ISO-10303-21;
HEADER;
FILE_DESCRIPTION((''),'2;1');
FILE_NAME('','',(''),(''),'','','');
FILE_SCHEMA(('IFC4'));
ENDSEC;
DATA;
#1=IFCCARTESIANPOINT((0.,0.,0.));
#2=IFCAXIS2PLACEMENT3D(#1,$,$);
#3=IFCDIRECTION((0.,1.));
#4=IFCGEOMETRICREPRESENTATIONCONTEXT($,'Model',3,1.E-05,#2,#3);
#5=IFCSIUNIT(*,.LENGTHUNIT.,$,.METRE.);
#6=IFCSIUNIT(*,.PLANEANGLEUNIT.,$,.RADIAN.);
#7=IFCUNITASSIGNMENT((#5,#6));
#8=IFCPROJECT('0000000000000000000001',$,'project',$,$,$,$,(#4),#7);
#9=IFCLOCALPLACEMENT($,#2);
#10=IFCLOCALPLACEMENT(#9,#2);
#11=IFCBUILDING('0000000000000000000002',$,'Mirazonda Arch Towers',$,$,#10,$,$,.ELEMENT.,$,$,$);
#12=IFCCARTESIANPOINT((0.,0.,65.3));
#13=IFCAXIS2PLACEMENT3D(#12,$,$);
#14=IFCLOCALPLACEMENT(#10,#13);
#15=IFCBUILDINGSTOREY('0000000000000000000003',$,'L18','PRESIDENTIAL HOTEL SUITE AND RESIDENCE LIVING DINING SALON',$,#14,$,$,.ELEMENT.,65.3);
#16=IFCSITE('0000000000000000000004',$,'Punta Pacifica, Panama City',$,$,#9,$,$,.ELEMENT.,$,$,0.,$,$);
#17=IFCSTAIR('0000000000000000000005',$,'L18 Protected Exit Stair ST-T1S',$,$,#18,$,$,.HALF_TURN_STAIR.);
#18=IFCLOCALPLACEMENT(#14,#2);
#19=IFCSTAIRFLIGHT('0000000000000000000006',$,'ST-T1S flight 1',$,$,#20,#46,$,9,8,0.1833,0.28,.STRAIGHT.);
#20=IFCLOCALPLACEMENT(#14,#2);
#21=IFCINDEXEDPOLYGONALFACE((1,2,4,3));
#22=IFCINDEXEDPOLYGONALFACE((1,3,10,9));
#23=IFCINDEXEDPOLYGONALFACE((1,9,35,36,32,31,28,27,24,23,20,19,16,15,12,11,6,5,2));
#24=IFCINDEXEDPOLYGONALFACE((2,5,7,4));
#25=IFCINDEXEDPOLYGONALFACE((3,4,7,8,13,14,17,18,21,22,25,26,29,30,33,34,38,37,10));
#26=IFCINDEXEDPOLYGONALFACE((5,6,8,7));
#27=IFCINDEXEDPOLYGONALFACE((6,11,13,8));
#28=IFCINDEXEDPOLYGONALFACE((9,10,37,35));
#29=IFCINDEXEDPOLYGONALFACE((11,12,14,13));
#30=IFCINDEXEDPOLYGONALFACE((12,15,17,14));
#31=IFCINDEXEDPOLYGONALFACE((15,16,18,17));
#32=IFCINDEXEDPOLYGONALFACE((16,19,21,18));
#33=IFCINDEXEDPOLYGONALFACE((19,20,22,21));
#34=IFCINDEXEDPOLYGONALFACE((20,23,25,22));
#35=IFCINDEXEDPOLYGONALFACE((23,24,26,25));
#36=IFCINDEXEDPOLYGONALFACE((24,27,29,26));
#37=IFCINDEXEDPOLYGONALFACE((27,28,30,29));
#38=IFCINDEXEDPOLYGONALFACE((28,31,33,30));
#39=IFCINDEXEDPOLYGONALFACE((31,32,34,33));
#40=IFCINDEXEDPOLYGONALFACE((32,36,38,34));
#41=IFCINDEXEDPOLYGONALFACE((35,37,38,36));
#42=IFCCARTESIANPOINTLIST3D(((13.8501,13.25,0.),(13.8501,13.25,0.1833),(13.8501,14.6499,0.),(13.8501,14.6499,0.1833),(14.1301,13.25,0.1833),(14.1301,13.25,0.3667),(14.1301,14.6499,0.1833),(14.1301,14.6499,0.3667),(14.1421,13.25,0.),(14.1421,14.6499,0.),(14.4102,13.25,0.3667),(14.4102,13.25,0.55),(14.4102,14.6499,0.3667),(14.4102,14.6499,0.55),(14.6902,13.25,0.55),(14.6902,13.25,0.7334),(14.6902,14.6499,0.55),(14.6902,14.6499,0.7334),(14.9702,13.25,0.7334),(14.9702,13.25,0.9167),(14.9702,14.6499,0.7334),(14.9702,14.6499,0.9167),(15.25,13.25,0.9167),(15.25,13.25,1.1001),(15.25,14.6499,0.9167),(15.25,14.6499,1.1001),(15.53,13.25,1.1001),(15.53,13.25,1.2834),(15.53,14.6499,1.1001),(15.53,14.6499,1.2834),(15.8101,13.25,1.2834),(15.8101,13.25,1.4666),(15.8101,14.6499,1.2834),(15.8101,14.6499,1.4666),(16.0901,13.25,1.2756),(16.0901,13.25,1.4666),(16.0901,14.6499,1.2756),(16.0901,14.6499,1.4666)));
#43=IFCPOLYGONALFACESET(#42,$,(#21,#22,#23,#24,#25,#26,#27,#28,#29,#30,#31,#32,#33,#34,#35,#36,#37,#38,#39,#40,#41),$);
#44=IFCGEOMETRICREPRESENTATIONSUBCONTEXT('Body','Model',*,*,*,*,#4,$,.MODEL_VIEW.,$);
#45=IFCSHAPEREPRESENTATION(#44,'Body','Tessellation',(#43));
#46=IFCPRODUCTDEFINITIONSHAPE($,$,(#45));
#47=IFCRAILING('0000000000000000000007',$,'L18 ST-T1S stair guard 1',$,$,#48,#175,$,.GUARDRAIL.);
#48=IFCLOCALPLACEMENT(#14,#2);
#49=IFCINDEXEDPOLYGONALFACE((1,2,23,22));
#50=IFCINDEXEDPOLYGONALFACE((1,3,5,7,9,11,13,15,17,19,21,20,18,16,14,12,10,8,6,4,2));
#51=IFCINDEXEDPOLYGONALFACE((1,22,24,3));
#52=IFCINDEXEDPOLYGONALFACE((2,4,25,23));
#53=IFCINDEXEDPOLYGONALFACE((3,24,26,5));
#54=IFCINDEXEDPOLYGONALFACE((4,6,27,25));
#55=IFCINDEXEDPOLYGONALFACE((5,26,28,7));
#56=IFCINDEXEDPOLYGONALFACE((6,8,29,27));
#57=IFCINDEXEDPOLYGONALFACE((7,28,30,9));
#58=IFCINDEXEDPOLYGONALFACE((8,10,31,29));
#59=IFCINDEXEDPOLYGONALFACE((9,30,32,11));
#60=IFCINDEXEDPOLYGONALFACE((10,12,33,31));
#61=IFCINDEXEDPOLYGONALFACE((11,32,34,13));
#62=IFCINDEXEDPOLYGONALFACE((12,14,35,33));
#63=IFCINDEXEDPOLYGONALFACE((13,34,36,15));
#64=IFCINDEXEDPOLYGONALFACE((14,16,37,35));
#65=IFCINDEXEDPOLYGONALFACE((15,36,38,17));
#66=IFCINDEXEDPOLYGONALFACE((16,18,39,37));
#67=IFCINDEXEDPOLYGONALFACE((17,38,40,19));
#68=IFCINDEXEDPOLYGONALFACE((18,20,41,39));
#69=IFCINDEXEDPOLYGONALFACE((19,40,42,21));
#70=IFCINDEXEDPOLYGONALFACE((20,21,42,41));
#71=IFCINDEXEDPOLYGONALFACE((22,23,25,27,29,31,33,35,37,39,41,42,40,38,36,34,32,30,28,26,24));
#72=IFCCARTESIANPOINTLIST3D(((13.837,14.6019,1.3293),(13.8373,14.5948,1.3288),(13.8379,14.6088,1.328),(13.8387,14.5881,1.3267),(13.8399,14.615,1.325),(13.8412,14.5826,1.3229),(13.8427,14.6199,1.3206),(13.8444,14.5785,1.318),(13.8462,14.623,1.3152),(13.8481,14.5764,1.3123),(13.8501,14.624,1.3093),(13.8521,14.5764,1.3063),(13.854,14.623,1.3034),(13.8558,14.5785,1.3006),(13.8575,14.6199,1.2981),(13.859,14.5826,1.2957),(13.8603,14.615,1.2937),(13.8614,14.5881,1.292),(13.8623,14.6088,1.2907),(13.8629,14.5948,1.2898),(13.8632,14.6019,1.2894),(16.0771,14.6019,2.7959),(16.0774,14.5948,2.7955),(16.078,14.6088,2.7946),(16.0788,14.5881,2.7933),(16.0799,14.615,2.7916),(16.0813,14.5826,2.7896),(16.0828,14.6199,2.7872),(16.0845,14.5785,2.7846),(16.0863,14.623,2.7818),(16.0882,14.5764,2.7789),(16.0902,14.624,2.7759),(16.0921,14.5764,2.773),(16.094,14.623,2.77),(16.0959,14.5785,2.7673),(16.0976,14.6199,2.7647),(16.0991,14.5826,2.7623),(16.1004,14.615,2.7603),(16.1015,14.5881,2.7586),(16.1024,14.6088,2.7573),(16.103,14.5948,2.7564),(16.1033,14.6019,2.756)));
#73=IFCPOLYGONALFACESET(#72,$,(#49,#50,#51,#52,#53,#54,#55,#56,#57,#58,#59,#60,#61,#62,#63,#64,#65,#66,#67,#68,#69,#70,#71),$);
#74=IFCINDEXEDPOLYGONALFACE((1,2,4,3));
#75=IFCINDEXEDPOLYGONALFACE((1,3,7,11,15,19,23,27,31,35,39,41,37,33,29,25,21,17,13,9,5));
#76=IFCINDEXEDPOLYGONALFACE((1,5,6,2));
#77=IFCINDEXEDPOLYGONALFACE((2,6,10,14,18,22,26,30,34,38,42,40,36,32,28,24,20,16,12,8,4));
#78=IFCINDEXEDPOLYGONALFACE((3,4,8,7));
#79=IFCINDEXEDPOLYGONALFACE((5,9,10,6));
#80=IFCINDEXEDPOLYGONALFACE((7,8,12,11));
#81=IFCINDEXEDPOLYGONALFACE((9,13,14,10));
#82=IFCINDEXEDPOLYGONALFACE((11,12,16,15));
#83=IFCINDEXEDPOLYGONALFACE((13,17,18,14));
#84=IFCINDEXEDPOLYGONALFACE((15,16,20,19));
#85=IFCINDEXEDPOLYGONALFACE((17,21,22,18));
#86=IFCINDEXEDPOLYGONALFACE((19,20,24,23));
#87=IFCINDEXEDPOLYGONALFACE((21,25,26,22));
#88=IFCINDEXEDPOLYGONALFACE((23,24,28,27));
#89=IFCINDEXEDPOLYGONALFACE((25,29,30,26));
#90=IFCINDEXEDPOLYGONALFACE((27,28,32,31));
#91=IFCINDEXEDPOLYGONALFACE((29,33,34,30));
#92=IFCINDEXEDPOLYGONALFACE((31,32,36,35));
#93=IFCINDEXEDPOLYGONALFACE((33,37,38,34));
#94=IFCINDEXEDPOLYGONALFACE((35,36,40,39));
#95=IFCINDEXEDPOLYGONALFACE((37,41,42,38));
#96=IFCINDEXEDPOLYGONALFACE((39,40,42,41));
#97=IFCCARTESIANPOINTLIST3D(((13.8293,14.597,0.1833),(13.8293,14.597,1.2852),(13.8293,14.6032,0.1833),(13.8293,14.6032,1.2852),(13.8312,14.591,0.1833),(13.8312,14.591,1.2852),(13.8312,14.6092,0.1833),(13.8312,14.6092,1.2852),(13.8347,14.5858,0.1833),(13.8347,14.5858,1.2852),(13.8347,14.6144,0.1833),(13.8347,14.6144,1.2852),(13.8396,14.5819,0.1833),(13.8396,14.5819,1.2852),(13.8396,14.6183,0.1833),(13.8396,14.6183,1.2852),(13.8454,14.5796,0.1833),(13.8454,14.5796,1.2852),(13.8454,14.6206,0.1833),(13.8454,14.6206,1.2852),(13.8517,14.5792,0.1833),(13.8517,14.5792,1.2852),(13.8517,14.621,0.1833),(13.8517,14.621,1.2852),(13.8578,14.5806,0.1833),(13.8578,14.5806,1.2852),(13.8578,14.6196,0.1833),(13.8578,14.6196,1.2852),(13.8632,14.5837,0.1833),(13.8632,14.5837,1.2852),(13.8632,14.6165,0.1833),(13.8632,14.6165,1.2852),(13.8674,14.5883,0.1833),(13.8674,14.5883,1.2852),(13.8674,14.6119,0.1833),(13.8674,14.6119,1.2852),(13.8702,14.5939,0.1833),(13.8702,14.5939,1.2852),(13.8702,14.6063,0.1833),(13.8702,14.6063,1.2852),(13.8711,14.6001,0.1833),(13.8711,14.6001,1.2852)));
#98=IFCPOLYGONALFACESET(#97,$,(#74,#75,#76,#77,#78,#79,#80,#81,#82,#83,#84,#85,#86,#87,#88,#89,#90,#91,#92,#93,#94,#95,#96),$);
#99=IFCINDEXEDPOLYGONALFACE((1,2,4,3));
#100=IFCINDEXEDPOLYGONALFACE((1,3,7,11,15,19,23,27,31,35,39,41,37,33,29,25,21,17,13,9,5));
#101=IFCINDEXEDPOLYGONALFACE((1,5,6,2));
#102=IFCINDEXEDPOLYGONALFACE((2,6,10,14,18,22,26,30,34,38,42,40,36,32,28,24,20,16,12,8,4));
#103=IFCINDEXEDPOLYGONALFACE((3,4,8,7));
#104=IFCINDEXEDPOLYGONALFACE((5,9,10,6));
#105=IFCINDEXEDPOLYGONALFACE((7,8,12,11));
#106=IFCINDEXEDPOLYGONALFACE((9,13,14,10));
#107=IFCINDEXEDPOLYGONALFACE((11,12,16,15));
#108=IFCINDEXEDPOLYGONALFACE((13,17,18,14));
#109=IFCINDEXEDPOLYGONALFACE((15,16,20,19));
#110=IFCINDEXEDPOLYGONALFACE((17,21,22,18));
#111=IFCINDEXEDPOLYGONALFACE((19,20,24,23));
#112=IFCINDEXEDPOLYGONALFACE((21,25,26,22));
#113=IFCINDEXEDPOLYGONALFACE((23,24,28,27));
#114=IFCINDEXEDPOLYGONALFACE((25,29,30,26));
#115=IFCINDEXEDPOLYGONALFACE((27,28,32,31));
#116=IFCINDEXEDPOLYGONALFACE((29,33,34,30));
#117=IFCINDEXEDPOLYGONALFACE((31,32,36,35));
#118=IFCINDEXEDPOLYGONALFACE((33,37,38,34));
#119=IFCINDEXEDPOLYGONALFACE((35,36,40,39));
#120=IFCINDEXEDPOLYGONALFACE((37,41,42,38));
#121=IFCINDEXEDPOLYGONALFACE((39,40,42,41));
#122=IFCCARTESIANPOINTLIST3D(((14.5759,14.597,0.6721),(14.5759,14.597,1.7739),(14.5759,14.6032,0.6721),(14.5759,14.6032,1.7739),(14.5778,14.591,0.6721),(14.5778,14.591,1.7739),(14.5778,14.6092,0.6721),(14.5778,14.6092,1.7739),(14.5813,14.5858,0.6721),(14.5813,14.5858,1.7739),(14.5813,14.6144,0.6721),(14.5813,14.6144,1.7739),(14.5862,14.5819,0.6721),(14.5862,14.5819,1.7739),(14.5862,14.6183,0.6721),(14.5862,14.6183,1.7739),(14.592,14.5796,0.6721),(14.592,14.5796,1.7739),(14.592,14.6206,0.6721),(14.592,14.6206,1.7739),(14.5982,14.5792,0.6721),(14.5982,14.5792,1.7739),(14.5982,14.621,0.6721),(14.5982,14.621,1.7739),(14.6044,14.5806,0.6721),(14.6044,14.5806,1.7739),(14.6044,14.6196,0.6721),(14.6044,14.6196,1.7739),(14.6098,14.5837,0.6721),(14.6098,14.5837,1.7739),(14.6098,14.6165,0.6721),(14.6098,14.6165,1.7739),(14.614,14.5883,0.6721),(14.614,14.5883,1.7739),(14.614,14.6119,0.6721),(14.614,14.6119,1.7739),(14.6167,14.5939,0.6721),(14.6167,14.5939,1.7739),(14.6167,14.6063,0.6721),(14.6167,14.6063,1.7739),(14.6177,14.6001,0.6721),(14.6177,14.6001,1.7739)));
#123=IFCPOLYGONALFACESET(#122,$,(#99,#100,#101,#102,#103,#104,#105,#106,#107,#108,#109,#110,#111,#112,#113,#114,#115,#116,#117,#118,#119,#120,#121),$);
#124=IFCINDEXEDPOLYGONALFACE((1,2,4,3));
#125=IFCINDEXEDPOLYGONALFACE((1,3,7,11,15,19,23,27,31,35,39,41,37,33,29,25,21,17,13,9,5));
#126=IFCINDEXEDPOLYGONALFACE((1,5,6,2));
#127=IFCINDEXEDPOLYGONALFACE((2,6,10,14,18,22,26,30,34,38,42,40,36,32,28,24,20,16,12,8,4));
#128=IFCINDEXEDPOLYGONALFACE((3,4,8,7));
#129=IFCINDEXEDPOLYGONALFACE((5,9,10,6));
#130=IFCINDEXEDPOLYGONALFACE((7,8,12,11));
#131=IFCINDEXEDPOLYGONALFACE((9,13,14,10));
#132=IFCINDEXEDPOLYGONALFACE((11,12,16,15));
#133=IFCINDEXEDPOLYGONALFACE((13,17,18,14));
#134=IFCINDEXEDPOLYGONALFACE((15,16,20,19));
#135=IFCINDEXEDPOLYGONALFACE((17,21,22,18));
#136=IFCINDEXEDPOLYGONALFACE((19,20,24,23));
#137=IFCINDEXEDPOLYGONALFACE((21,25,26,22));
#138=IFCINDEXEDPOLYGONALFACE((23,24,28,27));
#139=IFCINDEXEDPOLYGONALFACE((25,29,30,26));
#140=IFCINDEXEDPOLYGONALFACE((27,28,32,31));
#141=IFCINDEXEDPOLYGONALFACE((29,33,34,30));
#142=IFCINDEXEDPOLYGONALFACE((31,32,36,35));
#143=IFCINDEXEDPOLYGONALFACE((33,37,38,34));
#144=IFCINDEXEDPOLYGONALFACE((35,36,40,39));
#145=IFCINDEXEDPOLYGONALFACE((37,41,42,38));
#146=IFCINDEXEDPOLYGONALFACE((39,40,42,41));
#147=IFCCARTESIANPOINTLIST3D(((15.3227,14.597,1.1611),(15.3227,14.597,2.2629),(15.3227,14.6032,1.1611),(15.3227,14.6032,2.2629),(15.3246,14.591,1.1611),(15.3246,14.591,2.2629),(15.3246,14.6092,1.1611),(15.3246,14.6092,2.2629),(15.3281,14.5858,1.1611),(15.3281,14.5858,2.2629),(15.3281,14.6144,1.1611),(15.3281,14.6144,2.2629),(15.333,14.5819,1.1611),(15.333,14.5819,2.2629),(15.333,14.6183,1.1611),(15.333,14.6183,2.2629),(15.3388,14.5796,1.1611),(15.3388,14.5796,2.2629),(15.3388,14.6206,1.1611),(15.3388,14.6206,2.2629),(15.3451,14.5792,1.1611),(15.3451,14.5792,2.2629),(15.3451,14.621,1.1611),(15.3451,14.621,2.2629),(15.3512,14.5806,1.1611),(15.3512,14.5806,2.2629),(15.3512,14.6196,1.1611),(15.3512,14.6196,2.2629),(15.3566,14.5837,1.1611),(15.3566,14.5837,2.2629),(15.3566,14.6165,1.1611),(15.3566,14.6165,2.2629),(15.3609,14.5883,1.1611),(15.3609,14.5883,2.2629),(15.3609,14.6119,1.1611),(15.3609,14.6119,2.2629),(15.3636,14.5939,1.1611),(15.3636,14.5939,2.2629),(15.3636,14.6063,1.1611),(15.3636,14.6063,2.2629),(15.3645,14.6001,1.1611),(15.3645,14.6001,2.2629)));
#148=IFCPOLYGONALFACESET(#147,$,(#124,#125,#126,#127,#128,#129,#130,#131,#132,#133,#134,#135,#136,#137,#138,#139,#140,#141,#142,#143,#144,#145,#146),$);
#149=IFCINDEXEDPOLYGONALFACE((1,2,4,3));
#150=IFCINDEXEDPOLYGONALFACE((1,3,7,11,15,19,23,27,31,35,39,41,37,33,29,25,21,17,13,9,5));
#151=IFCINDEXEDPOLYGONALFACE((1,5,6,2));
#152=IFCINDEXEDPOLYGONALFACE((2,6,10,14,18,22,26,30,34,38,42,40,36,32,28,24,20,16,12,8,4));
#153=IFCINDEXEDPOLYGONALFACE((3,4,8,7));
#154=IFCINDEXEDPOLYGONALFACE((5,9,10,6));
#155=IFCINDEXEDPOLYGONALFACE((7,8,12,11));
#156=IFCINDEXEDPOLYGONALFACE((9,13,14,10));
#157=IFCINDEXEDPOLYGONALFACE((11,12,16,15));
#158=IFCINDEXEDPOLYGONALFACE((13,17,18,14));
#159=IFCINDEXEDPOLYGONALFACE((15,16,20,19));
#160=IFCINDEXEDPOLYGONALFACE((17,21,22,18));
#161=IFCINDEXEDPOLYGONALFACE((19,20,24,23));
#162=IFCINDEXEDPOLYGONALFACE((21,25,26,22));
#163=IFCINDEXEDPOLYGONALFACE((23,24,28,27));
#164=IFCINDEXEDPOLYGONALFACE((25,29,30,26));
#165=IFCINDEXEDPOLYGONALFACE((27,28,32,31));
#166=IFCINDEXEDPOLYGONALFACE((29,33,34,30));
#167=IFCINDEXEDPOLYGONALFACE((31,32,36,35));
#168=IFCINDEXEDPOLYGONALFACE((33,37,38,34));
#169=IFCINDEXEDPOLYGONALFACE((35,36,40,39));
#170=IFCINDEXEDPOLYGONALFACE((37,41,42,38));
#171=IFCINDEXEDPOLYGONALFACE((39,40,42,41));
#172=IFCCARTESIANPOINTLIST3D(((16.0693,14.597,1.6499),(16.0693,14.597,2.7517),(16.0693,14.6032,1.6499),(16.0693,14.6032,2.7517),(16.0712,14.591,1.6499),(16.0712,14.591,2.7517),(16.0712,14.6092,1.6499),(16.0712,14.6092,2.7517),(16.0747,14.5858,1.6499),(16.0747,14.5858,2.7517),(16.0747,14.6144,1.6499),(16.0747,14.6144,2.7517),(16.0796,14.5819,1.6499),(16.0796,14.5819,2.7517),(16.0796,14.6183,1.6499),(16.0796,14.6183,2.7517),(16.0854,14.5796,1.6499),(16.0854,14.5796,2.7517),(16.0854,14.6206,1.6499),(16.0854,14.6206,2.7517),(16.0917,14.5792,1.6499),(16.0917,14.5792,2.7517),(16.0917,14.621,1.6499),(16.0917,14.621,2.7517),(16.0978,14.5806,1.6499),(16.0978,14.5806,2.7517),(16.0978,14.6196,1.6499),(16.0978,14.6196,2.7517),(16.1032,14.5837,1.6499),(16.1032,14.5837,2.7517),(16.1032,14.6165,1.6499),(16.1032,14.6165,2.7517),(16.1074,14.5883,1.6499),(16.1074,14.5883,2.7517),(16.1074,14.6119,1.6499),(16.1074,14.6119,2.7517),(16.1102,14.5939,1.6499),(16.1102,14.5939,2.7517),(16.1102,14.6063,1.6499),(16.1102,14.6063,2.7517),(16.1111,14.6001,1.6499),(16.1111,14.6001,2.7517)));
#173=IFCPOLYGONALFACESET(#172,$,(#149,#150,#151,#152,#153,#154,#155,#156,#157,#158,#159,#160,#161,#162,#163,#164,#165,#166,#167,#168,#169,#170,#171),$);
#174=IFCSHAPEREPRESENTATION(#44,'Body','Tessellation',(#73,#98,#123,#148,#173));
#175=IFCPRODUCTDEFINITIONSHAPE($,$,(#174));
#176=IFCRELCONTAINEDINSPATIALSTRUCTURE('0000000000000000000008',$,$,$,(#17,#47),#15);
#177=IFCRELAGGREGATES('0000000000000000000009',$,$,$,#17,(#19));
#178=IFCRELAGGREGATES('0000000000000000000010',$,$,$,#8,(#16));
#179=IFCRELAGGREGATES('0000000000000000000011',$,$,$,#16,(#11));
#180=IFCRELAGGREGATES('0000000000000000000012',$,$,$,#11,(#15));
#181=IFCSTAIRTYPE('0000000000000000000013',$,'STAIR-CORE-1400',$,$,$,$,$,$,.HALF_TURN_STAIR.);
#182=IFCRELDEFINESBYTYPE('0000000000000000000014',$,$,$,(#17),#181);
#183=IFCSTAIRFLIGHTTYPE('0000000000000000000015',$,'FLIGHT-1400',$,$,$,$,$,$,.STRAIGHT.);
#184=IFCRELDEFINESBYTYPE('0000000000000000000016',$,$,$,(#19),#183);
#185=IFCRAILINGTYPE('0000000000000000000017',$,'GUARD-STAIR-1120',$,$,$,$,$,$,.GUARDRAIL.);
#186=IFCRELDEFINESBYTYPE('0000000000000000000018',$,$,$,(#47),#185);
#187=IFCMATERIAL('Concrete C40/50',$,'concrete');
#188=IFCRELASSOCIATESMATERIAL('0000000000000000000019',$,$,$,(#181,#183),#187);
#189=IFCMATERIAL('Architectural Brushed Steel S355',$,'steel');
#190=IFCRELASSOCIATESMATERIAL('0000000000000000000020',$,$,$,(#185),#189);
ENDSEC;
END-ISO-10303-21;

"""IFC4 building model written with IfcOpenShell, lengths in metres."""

from ifc_helpers import new_model, si_unit, direction, frame, origin, origin_2d, place, context, subcontext, project, spatial, polyline, circle, outline, extrude, material, type_object, element, aggregate, save


model = new_model("IFC4")

# Units and contexts
model_context = context("Model", 3, precision=1e-05, world=origin(), true_north=direction((0.0, 1.0)))
body_context = subcontext(model_context, "Body", "Model", "MODEL_VIEW")
ifc_project = project(units=[si_unit("LENGTHUNIT", "METRE"), si_unit("PLANEANGLEUNIT", "RADIAN")], contexts=[model_context])

# Site, building, storey
site_placement = place(None, origin())
site = spatial("IfcSite", under=ifc_project, at=site_placement, Name="Punta Pacifica, Panama City", CompositionType="ELEMENT", RefElevation=0.0)
building_placement = place(site_placement, origin())
building = spatial("IfcBuilding", under=site, at=building_placement, Name="Mirazonda Arch Towers", CompositionType="ELEMENT")
storey_placement = place(building_placement, frame((0.0, 0.0, 65.3)))
storey = spatial("IfcBuildingStorey", under=building, at=storey_placement, Name="L18", Description="PRESIDENTIAL HOTEL SUITE AND RESIDENCE LIVING DINING SALON", CompositionType="ELEMENT", Elevation=65.3)

# Stair
ifc_material_1 = material(Name="Concrete C40/50", Category="concrete")
stair_type = type_object("IfcStairType", Name="STAIR-CORE-1400", PredefinedType="HALF_TURN_STAIR", material=ifc_material_1)
stair_1_placement = place(storey_placement, origin())
stair_1 = element("IfcStair", 1, at=stair_1_placement, inside=storey, type_object=stair_type, Name="L18 Protected Exit Stair ST-T1S", PredefinedType="HALF_TURN_STAIR")

# Shared definitions
ifc_material_2 = material(Name="Architectural Brushed Steel S355", Category="steel")

# Stair flight
stair_flight_type = type_object("IfcStairFlightType", Name="FLIGHT-1400", PredefinedType="STRAIGHT", material=ifc_material_1)
stair_flight_placement = place(storey_placement, frame((13.8501, 13.95, 0.0), z_axis=(0.0, 0.0, 1.0), x_axis=(1.0, 0.0, 0.0)))
stair_flight = element("IfcStairFlight", 2, at=stair_flight_placement, type_object=stair_flight_type, Name="ST-T1S flight 1", NumberOfRisers=9, NumberOfTreads=8, PredefinedType="STRAIGHT", RiserHeight=0.1833, TreadLength=0.28, context=body_context, shape_type="SweptSolid", body=[
    extrude(outline(polyline([(0.0, 0.0), (0.0, 0.1833), (0.28, 0.1833), (0.28, 0.3667), (0.5601, 0.3667), (0.5601, 0.55), (0.8401, 0.55), (0.8401, 0.7334), (1.1201, 0.7334), (1.1201, 0.9167), (1.3999, 0.9167), (1.3999, 1.1001), (1.6799, 1.1001), (1.6799, 1.2834), (1.96, 1.2834), (1.96, 1.4666), (2.24, 1.4666), (2.24, 1.6499), (2.24, 1.2756), (0.292, 0.0), (0.0, 0.0)])), frame((0.0, 0.7, 0.0), z_axis=(0.0, -1.0, 0.0), x_axis=(1.0, 0.0, 0.0)), (0.0, 0.0, 1.0), 1.3999),
])
aggregate(stair_1, [stair_flight])

# Railing
railing_type_1 = type_object("IfcRailingType", Name="GUARD-STAIR-1120", PredefinedType="GUARDRAIL", material=ifc_material_2)
railing_1_placement = place(storey_placement, frame((13.8501, 14.6001, 0.1833)))
element("IfcRailing", 3, at=railing_1_placement, inside=storey, type_object=railing_type_1, Name="L18 ST-T1S stair guard 1", PredefinedType="GUARDRAIL", context=body_context, shape_type="SweptSolid", body=[
    extrude(circle(Radius=0.0239, at=origin_2d()), frame((0.0, 0.0, 1.126), z_axis=(0.836637, 0.0, 0.547758), x_axis=(0.0, 1.0, 0.0)), (0.0, 0.0, 1.0), 2.6775),
    extrude(circle(Radius=0.021, at=origin_2d()), origin(), (0.0, 0.0, 1.0), 1.1018),
    extrude(circle(Radius=0.021, at=origin_2d()), frame((0.7466, 0.0, 0.4888)), (0.0, 0.0, 1.0), 1.1018),
    extrude(circle(Radius=0.021, at=origin_2d()), frame((1.4934, 0.0, 0.9778)), (0.0, 0.0, 1.0), 1.1018),
    extrude(circle(Radius=0.021, at=origin_2d()), frame((2.24, 0.0, 1.4666)), (0.0, 0.0, 1.0), 1.1018),
])

save(model, "model.ifc")
